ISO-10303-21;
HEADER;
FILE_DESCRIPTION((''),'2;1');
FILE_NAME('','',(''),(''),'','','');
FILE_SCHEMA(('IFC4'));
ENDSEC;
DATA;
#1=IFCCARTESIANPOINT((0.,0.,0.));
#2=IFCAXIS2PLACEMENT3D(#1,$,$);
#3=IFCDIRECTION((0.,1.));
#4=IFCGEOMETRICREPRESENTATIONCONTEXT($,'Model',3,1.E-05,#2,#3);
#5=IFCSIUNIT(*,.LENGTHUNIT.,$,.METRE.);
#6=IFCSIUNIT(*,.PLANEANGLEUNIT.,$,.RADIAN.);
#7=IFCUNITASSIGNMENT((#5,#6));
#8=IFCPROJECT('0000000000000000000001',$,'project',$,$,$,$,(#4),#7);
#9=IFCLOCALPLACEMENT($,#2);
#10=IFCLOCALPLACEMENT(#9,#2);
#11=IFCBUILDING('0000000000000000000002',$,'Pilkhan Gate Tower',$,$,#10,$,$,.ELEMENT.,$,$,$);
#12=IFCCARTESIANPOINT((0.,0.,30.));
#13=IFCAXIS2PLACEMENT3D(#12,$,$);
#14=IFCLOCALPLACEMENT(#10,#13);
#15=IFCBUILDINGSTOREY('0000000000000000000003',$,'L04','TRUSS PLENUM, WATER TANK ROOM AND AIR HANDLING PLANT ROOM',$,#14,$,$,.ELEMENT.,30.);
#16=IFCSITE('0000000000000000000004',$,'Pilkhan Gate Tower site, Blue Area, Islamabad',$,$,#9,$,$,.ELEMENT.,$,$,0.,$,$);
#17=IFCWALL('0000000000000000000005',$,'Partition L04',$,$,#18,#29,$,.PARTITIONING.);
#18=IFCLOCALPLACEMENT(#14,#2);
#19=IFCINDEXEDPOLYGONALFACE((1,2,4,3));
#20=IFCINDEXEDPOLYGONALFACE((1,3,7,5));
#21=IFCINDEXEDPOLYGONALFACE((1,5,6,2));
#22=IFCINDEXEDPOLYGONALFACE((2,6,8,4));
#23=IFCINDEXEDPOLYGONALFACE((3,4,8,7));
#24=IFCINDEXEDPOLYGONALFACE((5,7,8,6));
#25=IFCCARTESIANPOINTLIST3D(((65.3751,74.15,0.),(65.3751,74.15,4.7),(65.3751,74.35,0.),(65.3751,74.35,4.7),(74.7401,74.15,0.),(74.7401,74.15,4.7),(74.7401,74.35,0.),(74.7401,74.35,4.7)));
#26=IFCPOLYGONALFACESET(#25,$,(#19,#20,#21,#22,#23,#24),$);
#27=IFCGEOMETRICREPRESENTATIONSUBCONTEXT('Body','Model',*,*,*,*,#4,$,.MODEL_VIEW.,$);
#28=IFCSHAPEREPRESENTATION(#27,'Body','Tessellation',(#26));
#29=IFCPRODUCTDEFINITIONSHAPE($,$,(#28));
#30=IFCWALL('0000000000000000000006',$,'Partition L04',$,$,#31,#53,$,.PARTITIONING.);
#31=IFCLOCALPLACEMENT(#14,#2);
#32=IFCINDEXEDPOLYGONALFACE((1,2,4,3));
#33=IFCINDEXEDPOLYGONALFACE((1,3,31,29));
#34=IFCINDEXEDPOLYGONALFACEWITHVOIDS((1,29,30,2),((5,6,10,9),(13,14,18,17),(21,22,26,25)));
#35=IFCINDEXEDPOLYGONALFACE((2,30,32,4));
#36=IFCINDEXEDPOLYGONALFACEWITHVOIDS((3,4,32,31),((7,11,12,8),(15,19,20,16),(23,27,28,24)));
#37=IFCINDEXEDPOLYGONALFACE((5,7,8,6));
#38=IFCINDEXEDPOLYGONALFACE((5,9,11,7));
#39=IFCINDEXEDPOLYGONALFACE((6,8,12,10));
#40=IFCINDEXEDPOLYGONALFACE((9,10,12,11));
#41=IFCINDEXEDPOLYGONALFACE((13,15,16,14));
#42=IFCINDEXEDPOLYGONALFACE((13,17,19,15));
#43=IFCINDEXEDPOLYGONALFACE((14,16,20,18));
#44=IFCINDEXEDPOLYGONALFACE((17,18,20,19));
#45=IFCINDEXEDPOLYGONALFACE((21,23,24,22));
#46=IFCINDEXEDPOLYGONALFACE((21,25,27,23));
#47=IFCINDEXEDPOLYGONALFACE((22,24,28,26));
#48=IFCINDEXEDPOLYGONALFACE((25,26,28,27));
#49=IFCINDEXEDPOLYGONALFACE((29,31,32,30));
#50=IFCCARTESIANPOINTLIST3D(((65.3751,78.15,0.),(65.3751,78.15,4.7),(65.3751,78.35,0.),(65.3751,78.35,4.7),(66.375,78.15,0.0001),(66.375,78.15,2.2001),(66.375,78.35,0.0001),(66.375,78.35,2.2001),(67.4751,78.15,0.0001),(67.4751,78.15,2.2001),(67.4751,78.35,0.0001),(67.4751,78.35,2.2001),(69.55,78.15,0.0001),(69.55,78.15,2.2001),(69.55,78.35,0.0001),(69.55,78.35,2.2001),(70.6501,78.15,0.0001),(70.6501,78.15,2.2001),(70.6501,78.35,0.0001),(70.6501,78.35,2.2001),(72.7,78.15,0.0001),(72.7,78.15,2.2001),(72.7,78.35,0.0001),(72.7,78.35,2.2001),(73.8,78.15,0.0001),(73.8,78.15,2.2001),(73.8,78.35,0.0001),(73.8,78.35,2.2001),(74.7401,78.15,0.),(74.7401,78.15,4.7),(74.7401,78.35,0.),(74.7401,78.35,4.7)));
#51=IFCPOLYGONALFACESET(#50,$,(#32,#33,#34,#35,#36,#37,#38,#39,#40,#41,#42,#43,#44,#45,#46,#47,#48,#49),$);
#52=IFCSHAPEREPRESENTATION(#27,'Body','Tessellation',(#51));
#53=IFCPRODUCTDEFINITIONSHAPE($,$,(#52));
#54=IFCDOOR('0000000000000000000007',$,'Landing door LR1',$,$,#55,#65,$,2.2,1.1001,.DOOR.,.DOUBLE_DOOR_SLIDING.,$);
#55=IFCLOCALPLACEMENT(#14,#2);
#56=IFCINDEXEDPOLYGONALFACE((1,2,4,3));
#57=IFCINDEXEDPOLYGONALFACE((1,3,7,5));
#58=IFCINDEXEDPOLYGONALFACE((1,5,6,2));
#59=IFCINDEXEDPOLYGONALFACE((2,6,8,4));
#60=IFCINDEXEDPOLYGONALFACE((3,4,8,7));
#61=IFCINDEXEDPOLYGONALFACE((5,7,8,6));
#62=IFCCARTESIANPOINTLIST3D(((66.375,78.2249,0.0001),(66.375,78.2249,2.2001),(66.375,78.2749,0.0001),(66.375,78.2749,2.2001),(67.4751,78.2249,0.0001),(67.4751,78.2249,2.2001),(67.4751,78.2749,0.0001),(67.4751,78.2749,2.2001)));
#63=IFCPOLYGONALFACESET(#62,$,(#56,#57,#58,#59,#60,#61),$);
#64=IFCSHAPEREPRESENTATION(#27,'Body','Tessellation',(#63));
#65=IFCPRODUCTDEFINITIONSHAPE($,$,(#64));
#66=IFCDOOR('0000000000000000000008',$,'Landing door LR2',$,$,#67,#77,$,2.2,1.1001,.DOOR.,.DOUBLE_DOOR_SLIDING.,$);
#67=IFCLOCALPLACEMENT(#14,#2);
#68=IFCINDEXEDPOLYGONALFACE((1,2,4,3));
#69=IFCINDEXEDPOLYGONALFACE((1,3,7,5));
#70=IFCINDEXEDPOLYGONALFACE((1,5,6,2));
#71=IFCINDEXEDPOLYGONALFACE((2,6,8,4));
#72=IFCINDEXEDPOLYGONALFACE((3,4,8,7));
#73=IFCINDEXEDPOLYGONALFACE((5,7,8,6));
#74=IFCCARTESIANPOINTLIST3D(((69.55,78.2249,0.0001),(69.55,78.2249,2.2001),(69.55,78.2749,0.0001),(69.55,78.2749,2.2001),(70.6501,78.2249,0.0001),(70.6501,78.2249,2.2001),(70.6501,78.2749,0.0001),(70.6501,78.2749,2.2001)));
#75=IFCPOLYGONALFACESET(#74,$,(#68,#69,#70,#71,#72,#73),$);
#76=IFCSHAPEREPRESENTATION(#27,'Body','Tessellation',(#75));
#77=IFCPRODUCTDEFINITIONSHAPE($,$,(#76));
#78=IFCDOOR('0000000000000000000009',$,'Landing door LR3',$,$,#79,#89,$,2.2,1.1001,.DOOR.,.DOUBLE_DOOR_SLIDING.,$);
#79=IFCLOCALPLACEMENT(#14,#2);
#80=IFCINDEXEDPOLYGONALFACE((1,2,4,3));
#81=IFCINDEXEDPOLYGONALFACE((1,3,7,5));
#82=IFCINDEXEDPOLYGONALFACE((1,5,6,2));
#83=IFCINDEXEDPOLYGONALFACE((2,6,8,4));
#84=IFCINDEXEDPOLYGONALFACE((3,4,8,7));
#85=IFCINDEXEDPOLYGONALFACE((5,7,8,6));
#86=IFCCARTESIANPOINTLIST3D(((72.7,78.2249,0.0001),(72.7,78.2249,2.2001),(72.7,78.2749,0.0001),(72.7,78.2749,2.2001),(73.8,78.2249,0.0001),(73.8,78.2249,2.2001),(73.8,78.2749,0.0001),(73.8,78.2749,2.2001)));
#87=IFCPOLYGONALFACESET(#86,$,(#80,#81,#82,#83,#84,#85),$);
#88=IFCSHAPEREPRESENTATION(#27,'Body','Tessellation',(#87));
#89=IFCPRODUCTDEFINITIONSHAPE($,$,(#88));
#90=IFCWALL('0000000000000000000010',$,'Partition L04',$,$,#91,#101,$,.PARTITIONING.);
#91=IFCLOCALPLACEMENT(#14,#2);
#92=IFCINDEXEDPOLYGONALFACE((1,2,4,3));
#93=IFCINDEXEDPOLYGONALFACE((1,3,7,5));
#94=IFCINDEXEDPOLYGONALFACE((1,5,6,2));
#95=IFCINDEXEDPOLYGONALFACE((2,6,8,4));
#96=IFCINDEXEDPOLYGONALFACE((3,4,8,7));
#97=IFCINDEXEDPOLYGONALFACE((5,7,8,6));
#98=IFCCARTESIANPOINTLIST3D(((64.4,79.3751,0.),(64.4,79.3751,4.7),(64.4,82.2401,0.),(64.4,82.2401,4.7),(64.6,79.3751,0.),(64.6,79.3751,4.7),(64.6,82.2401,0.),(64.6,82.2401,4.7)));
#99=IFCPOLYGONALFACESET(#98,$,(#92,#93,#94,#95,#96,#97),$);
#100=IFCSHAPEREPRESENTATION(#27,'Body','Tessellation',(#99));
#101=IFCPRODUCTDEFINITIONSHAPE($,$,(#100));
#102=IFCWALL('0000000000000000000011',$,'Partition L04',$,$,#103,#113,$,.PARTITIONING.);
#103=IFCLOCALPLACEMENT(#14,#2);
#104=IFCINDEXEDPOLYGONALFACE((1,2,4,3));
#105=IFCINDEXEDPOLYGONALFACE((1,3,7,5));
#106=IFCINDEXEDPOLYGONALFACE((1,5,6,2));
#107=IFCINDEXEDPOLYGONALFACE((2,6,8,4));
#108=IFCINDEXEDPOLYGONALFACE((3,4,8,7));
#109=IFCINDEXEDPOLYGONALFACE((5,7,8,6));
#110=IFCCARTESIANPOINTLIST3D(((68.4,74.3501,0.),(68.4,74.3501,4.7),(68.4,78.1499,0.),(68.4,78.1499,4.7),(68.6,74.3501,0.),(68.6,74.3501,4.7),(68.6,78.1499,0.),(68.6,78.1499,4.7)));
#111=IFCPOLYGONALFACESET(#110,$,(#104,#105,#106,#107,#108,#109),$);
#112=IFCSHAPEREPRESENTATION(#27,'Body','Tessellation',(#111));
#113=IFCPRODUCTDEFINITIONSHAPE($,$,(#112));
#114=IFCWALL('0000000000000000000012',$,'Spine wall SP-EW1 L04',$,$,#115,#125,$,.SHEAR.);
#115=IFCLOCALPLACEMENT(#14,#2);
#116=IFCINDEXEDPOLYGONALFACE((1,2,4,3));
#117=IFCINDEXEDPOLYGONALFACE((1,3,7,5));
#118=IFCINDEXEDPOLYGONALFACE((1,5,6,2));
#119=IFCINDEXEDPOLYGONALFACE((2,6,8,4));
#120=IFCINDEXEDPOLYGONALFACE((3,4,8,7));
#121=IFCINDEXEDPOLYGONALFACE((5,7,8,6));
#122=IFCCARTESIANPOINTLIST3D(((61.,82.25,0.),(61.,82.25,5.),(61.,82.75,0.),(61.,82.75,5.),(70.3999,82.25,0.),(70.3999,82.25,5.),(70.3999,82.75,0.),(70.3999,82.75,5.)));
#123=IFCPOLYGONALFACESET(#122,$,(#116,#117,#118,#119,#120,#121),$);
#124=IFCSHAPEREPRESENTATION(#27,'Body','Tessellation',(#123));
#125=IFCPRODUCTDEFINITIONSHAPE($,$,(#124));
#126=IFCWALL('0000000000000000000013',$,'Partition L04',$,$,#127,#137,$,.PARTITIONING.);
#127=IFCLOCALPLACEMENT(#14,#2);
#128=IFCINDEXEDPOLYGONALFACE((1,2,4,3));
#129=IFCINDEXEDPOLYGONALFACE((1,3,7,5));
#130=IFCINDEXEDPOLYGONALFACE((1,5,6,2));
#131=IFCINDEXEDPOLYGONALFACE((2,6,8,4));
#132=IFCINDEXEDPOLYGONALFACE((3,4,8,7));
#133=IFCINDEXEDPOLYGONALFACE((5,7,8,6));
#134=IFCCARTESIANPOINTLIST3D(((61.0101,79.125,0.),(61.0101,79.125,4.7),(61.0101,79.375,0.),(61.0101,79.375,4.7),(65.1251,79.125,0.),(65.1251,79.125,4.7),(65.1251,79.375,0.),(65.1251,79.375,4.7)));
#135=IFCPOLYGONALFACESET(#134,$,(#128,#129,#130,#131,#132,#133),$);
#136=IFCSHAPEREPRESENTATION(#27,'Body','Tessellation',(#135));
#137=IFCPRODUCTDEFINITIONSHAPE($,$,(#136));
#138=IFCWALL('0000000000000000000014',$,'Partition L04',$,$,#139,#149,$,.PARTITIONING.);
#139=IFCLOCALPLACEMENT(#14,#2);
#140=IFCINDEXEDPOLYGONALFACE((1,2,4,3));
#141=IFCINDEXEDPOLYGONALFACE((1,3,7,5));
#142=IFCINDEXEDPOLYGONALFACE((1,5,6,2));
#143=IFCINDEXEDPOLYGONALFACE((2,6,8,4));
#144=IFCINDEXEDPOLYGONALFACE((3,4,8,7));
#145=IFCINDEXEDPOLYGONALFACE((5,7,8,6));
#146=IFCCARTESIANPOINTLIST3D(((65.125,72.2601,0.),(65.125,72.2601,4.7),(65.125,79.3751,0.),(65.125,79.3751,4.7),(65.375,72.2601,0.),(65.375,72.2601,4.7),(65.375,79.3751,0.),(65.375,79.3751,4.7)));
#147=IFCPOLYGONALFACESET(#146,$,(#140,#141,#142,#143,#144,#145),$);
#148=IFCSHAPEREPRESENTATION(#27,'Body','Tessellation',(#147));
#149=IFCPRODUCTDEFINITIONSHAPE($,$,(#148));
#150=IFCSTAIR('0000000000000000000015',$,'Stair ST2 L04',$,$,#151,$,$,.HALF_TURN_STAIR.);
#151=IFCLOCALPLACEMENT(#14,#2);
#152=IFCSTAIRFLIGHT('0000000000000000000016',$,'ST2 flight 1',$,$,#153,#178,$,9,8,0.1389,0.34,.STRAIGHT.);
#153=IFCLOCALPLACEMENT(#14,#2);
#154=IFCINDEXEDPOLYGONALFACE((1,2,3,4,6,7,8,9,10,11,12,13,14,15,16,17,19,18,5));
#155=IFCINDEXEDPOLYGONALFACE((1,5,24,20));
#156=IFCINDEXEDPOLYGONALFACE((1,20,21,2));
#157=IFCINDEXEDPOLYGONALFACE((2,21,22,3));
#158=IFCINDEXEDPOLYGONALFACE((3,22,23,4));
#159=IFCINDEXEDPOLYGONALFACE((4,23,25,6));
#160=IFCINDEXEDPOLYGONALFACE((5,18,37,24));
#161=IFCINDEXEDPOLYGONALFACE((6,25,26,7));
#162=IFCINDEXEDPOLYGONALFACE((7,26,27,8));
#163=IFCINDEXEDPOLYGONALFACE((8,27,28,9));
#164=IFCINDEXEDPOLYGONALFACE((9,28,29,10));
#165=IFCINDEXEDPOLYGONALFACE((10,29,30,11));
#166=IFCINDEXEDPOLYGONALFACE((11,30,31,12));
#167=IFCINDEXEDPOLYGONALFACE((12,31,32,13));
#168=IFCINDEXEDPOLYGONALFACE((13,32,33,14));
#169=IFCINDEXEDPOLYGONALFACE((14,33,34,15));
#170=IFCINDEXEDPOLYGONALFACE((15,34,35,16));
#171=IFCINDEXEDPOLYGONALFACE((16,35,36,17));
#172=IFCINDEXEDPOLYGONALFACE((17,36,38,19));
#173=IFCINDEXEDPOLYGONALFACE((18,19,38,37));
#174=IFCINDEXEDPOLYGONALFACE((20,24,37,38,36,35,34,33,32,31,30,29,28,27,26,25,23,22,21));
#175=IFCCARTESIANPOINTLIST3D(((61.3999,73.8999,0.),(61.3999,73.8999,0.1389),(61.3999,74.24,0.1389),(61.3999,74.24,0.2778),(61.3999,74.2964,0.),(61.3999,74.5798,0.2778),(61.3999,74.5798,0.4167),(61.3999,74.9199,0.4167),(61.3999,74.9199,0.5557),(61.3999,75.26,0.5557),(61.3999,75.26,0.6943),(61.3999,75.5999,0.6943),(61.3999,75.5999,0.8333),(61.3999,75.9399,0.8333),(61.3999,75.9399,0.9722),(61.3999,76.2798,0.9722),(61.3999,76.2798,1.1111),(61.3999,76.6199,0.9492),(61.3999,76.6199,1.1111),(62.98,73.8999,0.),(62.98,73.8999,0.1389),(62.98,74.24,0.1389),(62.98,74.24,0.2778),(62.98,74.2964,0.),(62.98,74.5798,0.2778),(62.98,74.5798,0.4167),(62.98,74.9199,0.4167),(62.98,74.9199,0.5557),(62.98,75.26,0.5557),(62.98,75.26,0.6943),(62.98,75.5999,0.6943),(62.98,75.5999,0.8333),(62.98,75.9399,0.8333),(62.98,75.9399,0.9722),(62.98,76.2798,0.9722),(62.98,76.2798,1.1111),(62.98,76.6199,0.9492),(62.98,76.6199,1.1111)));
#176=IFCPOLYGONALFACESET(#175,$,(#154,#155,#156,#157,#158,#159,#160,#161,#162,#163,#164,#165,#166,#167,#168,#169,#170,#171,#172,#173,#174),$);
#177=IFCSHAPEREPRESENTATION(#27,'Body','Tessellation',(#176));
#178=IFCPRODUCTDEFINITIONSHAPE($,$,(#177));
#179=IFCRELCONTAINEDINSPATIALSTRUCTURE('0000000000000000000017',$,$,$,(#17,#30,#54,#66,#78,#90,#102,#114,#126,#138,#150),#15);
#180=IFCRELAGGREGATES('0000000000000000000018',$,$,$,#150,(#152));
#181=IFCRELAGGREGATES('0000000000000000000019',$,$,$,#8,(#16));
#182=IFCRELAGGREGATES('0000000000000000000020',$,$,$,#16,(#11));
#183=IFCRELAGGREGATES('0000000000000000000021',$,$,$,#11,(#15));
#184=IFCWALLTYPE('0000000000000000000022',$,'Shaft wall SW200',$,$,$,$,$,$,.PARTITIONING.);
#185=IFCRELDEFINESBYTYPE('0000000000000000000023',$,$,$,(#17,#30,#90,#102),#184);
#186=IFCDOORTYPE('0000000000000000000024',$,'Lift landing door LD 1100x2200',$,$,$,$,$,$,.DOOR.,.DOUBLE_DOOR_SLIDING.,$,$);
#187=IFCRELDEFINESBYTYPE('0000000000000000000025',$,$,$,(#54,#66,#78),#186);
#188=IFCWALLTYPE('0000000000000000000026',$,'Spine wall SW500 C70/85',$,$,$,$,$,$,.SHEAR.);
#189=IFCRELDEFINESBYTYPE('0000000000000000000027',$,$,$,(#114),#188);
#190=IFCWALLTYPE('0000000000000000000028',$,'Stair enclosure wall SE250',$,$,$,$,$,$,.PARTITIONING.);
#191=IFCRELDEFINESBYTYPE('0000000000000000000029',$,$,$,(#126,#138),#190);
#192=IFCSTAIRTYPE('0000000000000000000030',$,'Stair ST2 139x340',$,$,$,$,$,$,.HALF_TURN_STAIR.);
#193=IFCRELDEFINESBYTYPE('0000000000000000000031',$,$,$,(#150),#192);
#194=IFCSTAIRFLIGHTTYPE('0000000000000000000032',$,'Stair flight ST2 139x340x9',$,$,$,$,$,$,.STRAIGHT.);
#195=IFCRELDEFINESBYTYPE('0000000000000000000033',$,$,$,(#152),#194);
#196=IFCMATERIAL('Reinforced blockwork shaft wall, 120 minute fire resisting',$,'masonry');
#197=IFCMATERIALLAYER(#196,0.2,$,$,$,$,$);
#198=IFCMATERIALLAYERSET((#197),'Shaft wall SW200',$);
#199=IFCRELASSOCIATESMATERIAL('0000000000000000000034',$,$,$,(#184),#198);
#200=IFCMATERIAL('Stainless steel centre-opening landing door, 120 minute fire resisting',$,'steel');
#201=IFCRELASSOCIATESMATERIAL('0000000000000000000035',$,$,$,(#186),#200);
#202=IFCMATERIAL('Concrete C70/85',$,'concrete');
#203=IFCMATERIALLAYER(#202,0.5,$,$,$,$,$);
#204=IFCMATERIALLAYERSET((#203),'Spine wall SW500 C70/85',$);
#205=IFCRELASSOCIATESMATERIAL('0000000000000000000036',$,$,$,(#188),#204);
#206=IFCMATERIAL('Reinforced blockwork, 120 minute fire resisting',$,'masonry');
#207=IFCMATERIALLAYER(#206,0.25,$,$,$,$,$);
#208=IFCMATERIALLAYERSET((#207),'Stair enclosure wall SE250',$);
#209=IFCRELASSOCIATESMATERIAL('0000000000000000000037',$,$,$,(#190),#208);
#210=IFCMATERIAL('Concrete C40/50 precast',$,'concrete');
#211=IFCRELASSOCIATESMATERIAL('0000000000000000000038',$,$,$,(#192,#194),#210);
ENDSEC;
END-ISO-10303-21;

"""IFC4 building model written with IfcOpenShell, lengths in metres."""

from ifc_helpers import new_model, si_unit, direction, frame, frame_2d, origin, place, context, subcontext, project, spatial, polyline, rectangle, outline, extrude, material, layer, layer_set, type_object, element, fill, aggregate, save


model = new_model("IFC4")

# Units and contexts
model_context = context("Model", 3, precision=1e-05, world=origin(), true_north=direction((0.0, 1.0)))
body_context = subcontext(model_context, "Body", "Model", "MODEL_VIEW")
ifc_project = project(units=[si_unit("LENGTHUNIT", "METRE"), si_unit("PLANEANGLEUNIT", "RADIAN")], contexts=[model_context])

# Site, building, storey
site_placement = place(None, origin())
site = spatial("IfcSite", under=ifc_project, at=site_placement, Name="Pilkhan Gate Tower site, Blue Area, Islamabad", CompositionType="ELEMENT", RefElevation=0.0)
building_placement = place(site_placement, origin())
building = spatial("IfcBuilding", under=site, at=building_placement, Name="Pilkhan Gate Tower", CompositionType="ELEMENT")
storey_placement = place(building_placement, frame((0.0, 0.0, 30.0)))
storey = spatial("IfcBuildingStorey", under=building, at=storey_placement, Name="L04", Description="TRUSS PLENUM, WATER TANK ROOM AND AIR HANDLING PLANT ROOM", CompositionType="ELEMENT", Elevation=30.0)

# Wall
ifc_material_1 = material(Name="Reinforced blockwork shaft wall, 120 minute fire resisting", Category="masonry")
ifc_layer_1 = layer(ifc_material_1, 0.2)
ifc_layer_set_1 = layer_set([ifc_layer_1], Name="Shaft wall SW200")
wall_type_1 = type_object("IfcWallType", Name="Shaft wall SW200", PredefinedType="PARTITIONING", material=ifc_layer_set_1)
wall_1_placement = place(storey_placement, frame((65.375, 74.25, 0.0), z_axis=(0.0, 0.0, 1.0), x_axis=(1.0, 0.0, 0.0)))
element("IfcWall", 1, at=wall_1_placement, inside=storey, type_object=wall_type_1, Name="Partition L04", PredefinedType="PARTITIONING", context=body_context, shape_type="SweptSolid", body=[
    extrude(rectangle(XDim=9.365, YDim=0.2, at=frame_2d((4.6826, 0.0))), origin(), (0.0, 0.0, 1.0), 4.7),
])

# Wall, openings, doors
wall_2_placement = place(storey_placement, frame((65.375, 78.25, 0.0), z_axis=(0.0, 0.0, 1.0), x_axis=(1.0, 0.0, 0.0)))
wall_2 = element("IfcWall", 2, at=wall_2_placement, inside=storey, type_object=wall_type_1, Name="Partition L04", PredefinedType="PARTITIONING", context=body_context, shape_type="SweptSolid", body=[
    extrude(rectangle(XDim=9.365, YDim=0.2, at=frame_2d((4.6826, 0.0))), origin(), (0.0, 0.0, 1.0), 4.7),
])
opening_1_placement = place(wall_2_placement, frame((1.0, 0.0, 0.0)))
opening_1 = element("IfcOpeningElement", 3, at=opening_1_placement, cuts=wall_2, PredefinedType="OPENING", context=body_context, shape_type="SweptSolid", body=[
    extrude(rectangle(XDim=1.1001, YDim=2.2, at=frame_2d((0.55, 1.1001))), frame((0.0, 0.1099, 0.0), z_axis=(0.0, -1.0, 0.0), x_axis=(1.0, 0.0, 0.0)), (0.0, 0.0, 1.0), 0.22),
])
opening_2_placement = place(wall_2_placement, frame((4.175, 0.0, 0.0)))
opening_2 = element("IfcOpeningElement", 4, at=opening_2_placement, cuts=wall_2, PredefinedType="OPENING", context=body_context, shape_type="SweptSolid", body=[
    extrude(rectangle(XDim=1.1001, YDim=2.2, at=frame_2d((0.55, 1.1001))), frame((0.0, 0.1099, 0.0), z_axis=(0.0, -1.0, 0.0), x_axis=(1.0, 0.0, 0.0)), (0.0, 0.0, 1.0), 0.22),
])
opening_3_placement = place(wall_2_placement, frame((7.325, 0.0, 0.0)))
opening_3 = element("IfcOpeningElement", 5, at=opening_3_placement, cuts=wall_2, PredefinedType="OPENING", context=body_context, shape_type="SweptSolid", body=[
    extrude(rectangle(XDim=1.1001, YDim=2.2, at=frame_2d((0.55, 1.1001))), frame((0.0, 0.1099, 0.0), z_axis=(0.0, -1.0, 0.0), x_axis=(1.0, 0.0, 0.0)), (0.0, 0.0, 1.0), 0.22),
])
ifc_material_2 = material(Name="Stainless steel centre-opening landing door, 120 minute fire resisting", Category="steel")
door_type = type_object("IfcDoorType", Name="Lift landing door LD 1100x2200", OperationType="DOUBLE_DOOR_SLIDING", PredefinedType="DOOR", material=ifc_material_2)
door_1_placement = place(opening_1_placement, origin())
door_1 = element("IfcDoor", 6, at=door_1_placement, inside=storey, type_object=door_type, Name="Landing door LR1", OperationType="DOUBLE_DOOR_SLIDING", OverallHeight=2.2, OverallWidth=1.1001, PredefinedType="DOOR", context=body_context, shape_type="SweptSolid", body=[
    extrude(rectangle(XDim=1.1001, YDim=2.2, at=frame_2d((0.55, 1.1001))), frame((0.0, 0.0249, 0.0), z_axis=(0.0, -1.0, 0.0), x_axis=(1.0, 0.0, 0.0)), (0.0, 0.0, 1.0), 0.05),
])
fill(opening_1, door_1)
door_2_placement = place(opening_2_placement, origin())
door_2 = element("IfcDoor", 7, at=door_2_placement, inside=storey, type_object=door_type, Name="Landing door LR2", OperationType="DOUBLE_DOOR_SLIDING", OverallHeight=2.2, OverallWidth=1.1001, PredefinedType="DOOR", context=body_context, shape_type="SweptSolid", body=[
    extrude(rectangle(XDim=1.1001, YDim=2.2, at=frame_2d((0.55, 1.1001))), frame((0.0, 0.0249, 0.0), z_axis=(0.0, -1.0, 0.0), x_axis=(1.0, 0.0, 0.0)), (0.0, 0.0, 1.0), 0.05),
])
fill(opening_2, door_2)
door_3_placement = place(opening_3_placement, origin())
door_3 = element("IfcDoor", 8, at=door_3_placement, inside=storey, type_object=door_type, Name="Landing door LR3", OperationType="DOUBLE_DOOR_SLIDING", OverallHeight=2.2, OverallWidth=1.1001, PredefinedType="DOOR", context=body_context, shape_type="SweptSolid", body=[
    extrude(rectangle(XDim=1.1001, YDim=2.2, at=frame_2d((0.55, 1.1001))), frame((0.0, 0.0249, 0.0), z_axis=(0.0, -1.0, 0.0), x_axis=(1.0, 0.0, 0.0)), (0.0, 0.0, 1.0), 0.05),
])
fill(opening_3, door_3)

# Walls
wall_3_placement = place(storey_placement, frame((64.5, 79.375, 0.0), z_axis=(0.0, 0.0, 1.0), x_axis=(0.0, 1.0, 0.0)))
element("IfcWall", 9, at=wall_3_placement, inside=storey, type_object=wall_type_1, Name="Partition L04", PredefinedType="PARTITIONING", context=body_context, shape_type="SweptSolid", body=[
    extrude(rectangle(XDim=2.865, YDim=0.2, at=frame_2d((1.4326, 0.0))), origin(), (0.0, 0.0, 1.0), 4.7),
])
wall_4_placement = place(storey_placement, frame((68.5, 74.3501, 0.0), z_axis=(0.0, 0.0, 1.0), x_axis=(0.0, 1.0, 0.0)))
element("IfcWall", 10, at=wall_4_placement, inside=storey, type_object=wall_type_1, Name="Partition L04", PredefinedType="PARTITIONING", context=body_context, shape_type="SweptSolid", body=[
    extrude(rectangle(XDim=3.7998, YDim=0.2, at=frame_2d((1.8999, 0.0))), origin(), (0.0, 0.0, 1.0), 4.7),
])
ifc_material_3 = material(Name="Concrete C70/85", Category="concrete")
ifc_layer_2 = layer(ifc_material_3, 0.5)
ifc_layer_set_2 = layer_set([ifc_layer_2], Name="Spine wall SW500 C70/85")
wall_type_2 = type_object("IfcWallType", Name="Spine wall SW500 C70/85", PredefinedType="SHEAR", material=ifc_layer_set_2)
wall_5_placement = place(storey_placement, frame((61.0, 82.5, 0.0), z_axis=(0.0, 0.0, 1.0), x_axis=(1.0, 0.0, 0.0)))
element("IfcWall", 11, at=wall_5_placement, inside=storey, type_object=wall_type_2, Name="Spine wall SP-EW1 L04", PredefinedType="SHEAR", context=body_context, shape_type="SweptSolid", body=[
    extrude(rectangle(XDim=9.3999, YDim=0.5, at=frame_2d((4.7, 0.0))), origin(), (0.0, 0.0, 1.0), 5.0),
])
ifc_material_4 = material(Name="Reinforced blockwork, 120 minute fire resisting", Category="masonry")
ifc_layer_3 = layer(ifc_material_4, 0.25)
ifc_layer_set_3 = layer_set([ifc_layer_3], Name="Stair enclosure wall SE250")
wall_type_3 = type_object("IfcWallType", Name="Stair enclosure wall SE250", PredefinedType="PARTITIONING", material=ifc_layer_set_3)
wall_6_placement = place(storey_placement, frame((61.01, 79.25, 0.0), z_axis=(0.0, 0.0, 1.0), x_axis=(1.0, 0.0, 0.0)))
element("IfcWall", 12, at=wall_6_placement, inside=storey, type_object=wall_type_3, Name="Partition L04", PredefinedType="PARTITIONING", context=body_context, shape_type="SweptSolid", body=[
    extrude(rectangle(XDim=4.115, YDim=0.25, at=frame_2d((2.0576, 0.0))), origin(), (0.0, 0.0, 1.0), 4.7),
])
wall_7_placement = place(storey_placement, frame((65.25, 72.26, 0.0), z_axis=(0.0, 0.0, 1.0), x_axis=(0.0, 1.0, 0.0)))
element("IfcWall", 13, at=wall_7_placement, inside=storey, type_object=wall_type_3, Name="Partition L04", PredefinedType="PARTITIONING", context=body_context, shape_type="SweptSolid", body=[
    extrude(rectangle(XDim=7.115, YDim=0.25, at=frame_2d((3.5576, 0.0))), origin(), (0.0, 0.0, 1.0), 4.7),
])

# Stair, stair flight
ifc_material_5 = material(Name="Concrete C40/50 precast", Category="concrete")
stair_type = type_object("IfcStairType", Name="Stair ST2 139x340", PredefinedType="HALF_TURN_STAIR", material=ifc_material_5)
stair_placement = place(storey_placement, origin())
stair = element("IfcStair", 14, at=stair_placement, inside=storey, type_object=stair_type, Name="Stair ST2 L04", PredefinedType="HALF_TURN_STAIR")
stair_flight_type = type_object("IfcStairFlightType", Name="Stair flight ST2 139x340x9", PredefinedType="STRAIGHT", material=ifc_material_5)
stair_flight_1_placement = place(storey_placement, frame((62.1899, 73.8999, 0.0), z_axis=(0.0, 0.0, 1.0), x_axis=(0.0, 1.0, 0.0)))
stair_flight_1 = element("IfcStairFlight", 15, at=stair_flight_1_placement, type_object=stair_flight_type, Name="ST2 flight 1", NumberOfRisers=9, NumberOfTreads=8, PredefinedType="STRAIGHT", RiserHeight=0.1389, TreadLength=0.34, context=body_context, shape_type="SweptSolid", body=[
    extrude(outline(polyline([(0.0, 0.0), (0.0, 0.1389), (0.3401, 0.1389), (0.3401, 0.2778), (0.6799, 0.2778), (0.6799, 0.4167), (1.02, 0.4167), (1.02, 0.5557), (1.3601, 0.5557), (1.3601, 0.6943), (1.7, 0.6943), (1.7, 0.8333), (2.04, 0.8333), (2.04, 0.9722), (2.3799, 0.9722), (2.3799, 1.1111), (2.72, 1.1111), (2.72, 1.25), (2.72, 0.9492), (0.3965, 0.0), (0.0, 0.0)])), frame((0.0, 0.79, 0.0), z_axis=(0.0, -1.0, 0.0), x_axis=(1.0, 0.0, 0.0)), (0.0, 0.0, 1.0), 1.5801),
])
aggregate(stair, [stair_flight_1])

save(model, "model.ifc")
